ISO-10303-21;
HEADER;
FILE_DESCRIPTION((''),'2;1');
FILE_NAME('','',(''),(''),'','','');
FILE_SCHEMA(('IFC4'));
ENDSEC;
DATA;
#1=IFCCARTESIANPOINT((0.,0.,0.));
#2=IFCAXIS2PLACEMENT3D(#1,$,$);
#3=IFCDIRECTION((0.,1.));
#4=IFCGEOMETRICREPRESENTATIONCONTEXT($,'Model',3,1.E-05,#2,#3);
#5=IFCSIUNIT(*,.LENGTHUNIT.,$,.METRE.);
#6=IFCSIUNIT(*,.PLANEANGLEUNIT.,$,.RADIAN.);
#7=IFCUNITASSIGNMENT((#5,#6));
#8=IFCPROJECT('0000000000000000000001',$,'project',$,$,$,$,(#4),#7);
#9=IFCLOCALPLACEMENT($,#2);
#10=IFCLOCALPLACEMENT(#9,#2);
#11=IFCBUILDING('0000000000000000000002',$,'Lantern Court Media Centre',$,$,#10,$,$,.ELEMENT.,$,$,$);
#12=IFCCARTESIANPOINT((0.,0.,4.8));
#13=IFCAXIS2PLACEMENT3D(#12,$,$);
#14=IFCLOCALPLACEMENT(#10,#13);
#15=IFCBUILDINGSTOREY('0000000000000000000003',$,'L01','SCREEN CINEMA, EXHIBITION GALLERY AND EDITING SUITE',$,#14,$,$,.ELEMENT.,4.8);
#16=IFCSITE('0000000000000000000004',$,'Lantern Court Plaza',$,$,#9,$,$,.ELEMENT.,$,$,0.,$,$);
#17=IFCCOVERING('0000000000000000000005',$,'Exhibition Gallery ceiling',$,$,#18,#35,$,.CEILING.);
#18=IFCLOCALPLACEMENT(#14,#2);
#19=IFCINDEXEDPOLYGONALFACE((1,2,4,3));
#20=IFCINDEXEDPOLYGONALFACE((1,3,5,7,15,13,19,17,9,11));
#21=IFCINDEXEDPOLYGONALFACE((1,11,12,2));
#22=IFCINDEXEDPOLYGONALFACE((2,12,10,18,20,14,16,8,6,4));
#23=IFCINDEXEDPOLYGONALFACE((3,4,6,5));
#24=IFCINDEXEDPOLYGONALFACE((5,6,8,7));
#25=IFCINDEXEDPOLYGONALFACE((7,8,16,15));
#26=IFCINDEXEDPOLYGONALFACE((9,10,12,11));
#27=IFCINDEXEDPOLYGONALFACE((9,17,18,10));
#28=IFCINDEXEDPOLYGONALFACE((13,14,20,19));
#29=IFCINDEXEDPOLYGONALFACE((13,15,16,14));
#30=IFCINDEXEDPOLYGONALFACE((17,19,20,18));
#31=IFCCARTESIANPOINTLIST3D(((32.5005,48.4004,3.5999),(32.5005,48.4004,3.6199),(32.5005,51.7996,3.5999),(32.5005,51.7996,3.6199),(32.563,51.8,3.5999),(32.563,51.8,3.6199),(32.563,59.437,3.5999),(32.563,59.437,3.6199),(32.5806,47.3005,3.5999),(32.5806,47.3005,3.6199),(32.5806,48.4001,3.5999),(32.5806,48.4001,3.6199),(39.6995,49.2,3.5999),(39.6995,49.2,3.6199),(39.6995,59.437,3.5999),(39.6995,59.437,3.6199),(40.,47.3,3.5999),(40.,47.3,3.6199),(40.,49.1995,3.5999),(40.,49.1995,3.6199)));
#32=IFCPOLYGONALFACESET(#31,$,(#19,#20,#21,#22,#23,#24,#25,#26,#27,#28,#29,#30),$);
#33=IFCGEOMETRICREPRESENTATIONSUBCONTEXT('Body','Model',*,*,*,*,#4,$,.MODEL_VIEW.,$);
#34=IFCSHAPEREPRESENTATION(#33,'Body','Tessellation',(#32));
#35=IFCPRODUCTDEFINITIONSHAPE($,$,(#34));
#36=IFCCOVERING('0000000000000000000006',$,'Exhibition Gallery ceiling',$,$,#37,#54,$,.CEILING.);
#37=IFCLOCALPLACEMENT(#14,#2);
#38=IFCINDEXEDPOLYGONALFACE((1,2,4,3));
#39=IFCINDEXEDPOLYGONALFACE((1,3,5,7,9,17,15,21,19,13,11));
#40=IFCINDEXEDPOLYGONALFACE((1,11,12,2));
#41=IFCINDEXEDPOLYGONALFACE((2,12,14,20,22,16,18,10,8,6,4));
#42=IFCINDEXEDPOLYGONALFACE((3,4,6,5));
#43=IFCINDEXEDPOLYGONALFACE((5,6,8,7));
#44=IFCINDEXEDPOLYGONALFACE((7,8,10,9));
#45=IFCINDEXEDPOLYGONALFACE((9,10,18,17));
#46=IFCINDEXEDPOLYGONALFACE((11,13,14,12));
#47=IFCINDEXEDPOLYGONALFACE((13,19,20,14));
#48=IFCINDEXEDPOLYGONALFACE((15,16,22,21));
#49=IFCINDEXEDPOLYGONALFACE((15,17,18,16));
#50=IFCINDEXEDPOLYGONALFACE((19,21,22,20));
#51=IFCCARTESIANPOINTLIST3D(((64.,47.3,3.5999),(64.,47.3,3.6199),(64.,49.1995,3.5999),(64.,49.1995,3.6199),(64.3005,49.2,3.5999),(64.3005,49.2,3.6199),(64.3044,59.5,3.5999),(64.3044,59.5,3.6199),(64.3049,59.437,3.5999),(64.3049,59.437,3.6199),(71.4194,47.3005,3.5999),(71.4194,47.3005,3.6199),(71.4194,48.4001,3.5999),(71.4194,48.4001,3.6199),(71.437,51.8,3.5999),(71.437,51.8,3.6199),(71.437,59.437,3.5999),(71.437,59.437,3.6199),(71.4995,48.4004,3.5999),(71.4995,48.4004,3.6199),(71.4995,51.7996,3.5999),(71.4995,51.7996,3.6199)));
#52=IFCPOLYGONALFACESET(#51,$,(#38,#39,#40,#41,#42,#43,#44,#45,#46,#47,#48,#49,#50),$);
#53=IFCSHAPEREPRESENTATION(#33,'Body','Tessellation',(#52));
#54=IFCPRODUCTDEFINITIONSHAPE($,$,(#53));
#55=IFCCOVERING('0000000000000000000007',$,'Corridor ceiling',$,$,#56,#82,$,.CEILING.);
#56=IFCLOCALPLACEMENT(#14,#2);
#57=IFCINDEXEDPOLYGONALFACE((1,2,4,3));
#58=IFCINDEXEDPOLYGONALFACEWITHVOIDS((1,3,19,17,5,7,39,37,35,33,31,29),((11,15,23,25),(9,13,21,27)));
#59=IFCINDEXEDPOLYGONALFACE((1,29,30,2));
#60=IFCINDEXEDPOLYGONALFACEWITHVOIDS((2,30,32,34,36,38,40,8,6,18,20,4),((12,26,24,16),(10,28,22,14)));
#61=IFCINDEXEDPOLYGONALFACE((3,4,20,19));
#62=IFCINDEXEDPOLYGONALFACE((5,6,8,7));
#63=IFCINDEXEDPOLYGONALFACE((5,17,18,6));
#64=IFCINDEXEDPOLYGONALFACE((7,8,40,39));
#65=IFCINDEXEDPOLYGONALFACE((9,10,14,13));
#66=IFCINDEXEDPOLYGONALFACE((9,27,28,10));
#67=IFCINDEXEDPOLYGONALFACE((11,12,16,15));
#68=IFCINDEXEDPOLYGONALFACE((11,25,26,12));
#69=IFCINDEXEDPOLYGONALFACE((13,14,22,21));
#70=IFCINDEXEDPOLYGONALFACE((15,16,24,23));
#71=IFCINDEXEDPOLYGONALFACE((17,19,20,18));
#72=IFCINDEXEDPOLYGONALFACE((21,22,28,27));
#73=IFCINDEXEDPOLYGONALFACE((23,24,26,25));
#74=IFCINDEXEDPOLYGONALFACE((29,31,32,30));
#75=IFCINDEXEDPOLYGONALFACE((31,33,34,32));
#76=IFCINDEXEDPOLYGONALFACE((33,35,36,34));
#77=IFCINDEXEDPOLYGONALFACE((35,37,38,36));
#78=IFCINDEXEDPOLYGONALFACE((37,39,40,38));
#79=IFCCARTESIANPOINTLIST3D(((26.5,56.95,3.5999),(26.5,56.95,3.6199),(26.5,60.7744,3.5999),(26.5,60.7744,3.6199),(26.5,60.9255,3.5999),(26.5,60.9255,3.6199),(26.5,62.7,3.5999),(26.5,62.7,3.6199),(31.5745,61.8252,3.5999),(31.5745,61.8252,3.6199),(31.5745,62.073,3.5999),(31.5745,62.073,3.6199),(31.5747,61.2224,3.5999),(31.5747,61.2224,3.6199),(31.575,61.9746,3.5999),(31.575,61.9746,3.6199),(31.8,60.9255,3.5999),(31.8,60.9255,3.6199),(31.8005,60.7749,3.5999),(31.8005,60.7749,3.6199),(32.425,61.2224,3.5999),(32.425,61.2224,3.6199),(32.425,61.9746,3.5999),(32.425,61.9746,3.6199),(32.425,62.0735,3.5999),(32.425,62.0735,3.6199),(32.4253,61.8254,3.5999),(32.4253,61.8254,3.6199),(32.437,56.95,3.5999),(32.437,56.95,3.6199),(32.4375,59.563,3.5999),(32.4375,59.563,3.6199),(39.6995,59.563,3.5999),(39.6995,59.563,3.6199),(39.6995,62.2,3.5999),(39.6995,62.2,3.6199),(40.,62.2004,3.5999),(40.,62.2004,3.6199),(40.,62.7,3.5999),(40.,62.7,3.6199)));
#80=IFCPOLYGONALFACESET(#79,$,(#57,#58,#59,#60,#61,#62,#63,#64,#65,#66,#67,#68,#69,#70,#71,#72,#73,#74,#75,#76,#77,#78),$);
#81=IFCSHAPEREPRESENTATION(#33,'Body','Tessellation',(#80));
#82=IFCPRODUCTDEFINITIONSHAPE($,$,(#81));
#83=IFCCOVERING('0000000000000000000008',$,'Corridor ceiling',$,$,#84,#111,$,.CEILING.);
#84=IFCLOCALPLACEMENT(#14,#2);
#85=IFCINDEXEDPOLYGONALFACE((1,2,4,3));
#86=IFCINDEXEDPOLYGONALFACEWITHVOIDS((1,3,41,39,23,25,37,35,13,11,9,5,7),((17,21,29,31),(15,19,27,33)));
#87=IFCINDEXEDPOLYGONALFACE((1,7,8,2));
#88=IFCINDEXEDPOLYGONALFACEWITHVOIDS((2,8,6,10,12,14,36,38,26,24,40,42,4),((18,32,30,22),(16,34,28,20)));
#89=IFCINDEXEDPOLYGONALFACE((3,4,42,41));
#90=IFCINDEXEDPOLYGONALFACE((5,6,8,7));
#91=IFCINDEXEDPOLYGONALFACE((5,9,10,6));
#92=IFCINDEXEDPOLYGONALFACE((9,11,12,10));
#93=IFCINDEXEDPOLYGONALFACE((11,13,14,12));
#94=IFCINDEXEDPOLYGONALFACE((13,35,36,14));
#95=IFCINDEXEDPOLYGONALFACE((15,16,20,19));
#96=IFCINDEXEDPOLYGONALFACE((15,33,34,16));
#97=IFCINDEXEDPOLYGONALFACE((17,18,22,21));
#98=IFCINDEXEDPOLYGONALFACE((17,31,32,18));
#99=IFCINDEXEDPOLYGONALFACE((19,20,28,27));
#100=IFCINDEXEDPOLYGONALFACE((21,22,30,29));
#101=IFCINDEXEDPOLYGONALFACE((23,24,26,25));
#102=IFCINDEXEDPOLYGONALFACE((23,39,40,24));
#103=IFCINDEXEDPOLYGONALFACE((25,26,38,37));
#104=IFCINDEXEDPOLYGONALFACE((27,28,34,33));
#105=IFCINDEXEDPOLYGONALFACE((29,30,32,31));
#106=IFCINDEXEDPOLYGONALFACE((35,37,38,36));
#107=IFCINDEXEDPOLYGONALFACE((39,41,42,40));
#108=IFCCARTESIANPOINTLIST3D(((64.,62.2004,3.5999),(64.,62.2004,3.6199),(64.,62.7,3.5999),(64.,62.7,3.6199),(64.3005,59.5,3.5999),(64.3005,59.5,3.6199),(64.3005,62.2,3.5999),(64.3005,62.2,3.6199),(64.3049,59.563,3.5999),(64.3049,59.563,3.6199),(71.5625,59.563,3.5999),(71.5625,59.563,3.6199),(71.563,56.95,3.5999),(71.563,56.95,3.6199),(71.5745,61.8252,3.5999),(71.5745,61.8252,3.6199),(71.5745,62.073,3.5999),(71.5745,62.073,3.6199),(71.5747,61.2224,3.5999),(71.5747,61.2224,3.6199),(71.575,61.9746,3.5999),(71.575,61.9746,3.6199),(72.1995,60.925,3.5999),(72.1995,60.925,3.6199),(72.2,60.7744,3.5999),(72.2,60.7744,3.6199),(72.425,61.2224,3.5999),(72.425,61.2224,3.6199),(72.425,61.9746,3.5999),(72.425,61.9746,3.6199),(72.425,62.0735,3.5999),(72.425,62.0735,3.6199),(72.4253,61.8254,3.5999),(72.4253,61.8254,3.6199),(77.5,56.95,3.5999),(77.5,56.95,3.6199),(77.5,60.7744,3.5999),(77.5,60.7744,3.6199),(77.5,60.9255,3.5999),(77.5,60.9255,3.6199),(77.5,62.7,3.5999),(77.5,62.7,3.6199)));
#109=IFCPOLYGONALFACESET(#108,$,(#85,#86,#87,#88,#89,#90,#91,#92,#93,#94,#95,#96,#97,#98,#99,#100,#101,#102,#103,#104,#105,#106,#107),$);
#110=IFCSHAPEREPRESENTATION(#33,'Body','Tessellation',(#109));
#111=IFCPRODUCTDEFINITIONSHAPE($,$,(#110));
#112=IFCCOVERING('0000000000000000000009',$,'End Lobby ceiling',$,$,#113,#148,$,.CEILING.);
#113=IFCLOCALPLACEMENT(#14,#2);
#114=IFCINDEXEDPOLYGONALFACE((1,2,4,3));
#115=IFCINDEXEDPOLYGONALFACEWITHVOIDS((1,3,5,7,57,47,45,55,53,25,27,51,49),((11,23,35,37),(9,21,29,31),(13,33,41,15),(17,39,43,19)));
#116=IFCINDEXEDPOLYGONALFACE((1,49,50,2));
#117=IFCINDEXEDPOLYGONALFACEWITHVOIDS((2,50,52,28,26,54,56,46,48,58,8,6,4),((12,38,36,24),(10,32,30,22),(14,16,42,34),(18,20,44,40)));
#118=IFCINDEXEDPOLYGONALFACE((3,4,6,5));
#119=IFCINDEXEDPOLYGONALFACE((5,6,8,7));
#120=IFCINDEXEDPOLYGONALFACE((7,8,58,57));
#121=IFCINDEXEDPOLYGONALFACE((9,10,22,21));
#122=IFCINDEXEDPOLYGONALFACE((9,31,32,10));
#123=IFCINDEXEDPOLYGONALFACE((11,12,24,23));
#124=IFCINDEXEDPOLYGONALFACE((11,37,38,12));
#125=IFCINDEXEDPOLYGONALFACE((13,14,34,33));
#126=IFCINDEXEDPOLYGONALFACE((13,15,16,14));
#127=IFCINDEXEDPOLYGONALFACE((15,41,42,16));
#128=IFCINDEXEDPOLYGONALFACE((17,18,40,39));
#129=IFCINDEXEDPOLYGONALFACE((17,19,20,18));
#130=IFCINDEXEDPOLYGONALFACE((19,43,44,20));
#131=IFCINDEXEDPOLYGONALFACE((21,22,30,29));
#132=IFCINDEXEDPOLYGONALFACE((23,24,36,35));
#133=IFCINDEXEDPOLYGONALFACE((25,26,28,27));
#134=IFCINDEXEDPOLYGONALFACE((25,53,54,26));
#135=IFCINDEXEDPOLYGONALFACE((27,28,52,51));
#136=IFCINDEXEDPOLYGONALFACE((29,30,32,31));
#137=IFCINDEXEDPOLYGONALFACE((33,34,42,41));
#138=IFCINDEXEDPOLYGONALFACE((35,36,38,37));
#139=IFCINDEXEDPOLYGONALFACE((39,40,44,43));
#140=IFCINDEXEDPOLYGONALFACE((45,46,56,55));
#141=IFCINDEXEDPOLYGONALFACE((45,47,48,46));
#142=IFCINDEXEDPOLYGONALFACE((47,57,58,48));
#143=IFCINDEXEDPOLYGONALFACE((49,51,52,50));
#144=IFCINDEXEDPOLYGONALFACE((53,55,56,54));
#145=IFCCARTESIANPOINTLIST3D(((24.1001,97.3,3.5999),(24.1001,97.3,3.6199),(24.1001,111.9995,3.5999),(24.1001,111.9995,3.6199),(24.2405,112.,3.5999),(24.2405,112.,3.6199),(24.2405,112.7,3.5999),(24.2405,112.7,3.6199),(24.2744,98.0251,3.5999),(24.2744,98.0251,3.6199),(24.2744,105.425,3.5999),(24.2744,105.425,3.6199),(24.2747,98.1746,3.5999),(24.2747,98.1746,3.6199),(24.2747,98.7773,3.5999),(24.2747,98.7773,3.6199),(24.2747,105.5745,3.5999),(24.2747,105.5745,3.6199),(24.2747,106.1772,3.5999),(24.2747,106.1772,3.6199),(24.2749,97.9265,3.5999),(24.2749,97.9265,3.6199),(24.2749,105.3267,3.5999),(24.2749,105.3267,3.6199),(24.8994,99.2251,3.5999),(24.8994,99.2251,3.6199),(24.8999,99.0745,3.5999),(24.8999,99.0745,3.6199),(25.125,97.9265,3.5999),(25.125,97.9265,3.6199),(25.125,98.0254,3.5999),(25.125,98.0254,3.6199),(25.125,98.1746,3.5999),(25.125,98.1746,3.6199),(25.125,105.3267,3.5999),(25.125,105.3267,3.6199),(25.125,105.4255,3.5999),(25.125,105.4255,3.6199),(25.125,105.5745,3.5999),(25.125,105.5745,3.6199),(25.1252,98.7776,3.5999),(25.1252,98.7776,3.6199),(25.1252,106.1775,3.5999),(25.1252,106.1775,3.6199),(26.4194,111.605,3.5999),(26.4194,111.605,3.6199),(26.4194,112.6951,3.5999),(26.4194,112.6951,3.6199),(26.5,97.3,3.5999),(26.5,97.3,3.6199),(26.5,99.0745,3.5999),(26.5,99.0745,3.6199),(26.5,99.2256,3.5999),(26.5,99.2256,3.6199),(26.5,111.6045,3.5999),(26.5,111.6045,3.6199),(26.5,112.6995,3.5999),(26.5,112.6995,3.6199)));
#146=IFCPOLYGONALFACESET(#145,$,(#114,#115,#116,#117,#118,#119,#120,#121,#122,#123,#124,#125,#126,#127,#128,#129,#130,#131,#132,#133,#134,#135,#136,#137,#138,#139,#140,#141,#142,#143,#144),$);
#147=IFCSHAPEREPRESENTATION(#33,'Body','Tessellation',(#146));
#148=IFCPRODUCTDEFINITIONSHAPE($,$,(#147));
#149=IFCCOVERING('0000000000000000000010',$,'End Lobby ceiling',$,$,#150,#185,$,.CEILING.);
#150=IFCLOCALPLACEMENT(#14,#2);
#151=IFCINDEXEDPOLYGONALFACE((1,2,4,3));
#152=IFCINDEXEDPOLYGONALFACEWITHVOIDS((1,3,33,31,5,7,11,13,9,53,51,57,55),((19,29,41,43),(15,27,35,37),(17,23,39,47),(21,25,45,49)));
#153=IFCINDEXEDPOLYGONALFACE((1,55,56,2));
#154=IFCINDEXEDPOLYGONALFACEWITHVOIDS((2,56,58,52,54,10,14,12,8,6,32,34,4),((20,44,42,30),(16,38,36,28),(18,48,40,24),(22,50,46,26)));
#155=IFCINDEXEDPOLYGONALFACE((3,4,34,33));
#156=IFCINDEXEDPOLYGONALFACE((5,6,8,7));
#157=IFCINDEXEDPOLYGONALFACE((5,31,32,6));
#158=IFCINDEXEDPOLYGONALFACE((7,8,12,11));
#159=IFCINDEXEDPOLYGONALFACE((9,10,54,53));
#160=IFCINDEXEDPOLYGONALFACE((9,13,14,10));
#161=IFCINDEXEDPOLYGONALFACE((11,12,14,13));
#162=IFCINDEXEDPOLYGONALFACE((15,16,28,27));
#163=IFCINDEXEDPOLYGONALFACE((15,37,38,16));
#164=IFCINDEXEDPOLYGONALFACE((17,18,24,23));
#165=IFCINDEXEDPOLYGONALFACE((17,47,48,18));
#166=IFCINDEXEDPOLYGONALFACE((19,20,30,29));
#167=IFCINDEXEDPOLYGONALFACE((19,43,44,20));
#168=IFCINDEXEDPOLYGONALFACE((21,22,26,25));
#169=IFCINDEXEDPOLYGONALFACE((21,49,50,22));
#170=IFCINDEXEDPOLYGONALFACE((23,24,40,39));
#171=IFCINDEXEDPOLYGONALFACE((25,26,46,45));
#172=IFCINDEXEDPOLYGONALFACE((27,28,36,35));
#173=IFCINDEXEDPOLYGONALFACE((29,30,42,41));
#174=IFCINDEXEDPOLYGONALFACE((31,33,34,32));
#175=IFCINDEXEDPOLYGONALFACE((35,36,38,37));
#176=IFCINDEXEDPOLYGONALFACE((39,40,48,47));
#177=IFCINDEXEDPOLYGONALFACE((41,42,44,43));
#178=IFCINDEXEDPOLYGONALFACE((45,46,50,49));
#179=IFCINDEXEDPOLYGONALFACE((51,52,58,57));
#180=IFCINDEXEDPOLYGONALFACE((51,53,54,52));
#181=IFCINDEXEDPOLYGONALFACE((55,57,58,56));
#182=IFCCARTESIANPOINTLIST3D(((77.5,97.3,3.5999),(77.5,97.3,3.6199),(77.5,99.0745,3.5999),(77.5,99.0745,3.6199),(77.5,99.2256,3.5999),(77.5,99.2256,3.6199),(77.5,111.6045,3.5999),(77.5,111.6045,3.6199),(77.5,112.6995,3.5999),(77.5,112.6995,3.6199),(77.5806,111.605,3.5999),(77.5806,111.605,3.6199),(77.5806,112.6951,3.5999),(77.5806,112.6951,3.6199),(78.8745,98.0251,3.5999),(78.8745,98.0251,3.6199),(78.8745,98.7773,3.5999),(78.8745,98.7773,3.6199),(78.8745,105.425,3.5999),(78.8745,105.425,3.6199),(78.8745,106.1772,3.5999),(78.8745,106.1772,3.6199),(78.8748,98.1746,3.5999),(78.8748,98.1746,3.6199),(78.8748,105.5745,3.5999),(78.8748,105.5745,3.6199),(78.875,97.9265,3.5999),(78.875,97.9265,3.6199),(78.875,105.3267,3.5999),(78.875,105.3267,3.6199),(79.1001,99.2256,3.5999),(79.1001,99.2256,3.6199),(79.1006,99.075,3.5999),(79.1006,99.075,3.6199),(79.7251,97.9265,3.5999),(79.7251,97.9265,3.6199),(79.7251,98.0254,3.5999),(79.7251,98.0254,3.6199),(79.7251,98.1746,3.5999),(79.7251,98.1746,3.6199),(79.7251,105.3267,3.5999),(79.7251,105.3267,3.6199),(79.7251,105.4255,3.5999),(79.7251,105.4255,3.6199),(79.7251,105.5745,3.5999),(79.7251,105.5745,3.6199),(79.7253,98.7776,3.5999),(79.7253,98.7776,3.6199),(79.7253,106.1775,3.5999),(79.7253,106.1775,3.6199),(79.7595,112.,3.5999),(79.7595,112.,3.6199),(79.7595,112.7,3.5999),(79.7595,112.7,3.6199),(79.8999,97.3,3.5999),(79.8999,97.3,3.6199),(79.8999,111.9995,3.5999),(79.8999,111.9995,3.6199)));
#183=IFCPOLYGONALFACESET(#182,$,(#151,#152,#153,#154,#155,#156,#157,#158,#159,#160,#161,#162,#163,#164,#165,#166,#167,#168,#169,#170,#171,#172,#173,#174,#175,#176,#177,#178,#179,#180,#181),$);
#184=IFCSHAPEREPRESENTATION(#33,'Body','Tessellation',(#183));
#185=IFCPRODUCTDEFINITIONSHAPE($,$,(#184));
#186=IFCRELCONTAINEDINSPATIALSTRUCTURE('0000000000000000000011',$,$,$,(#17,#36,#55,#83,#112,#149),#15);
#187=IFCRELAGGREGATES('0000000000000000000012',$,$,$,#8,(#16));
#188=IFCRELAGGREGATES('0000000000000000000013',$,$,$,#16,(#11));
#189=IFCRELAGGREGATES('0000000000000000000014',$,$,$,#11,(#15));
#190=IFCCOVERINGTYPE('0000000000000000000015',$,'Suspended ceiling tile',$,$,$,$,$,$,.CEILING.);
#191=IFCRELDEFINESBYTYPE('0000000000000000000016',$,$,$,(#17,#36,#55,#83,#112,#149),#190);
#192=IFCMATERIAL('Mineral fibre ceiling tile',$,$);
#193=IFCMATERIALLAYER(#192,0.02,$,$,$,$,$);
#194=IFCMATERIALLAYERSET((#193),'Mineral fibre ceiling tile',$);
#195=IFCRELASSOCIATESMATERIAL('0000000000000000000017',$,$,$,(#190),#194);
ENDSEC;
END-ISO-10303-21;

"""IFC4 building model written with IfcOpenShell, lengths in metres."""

from ifc_helpers import new_model, si_unit, direction, frame, origin, place, context, subcontext, project, spatial, polyline, outline, extrude, material, layer, layer_set, type_object, element, save


model = new_model("IFC4")

# Units and contexts
model_context = context("Model", 3, precision=1e-05, world=origin(), true_north=direction((0.0, 1.0)))
body_context = subcontext(model_context, "Body", "Model", "MODEL_VIEW")
ifc_project = project(units=[si_unit("LENGTHUNIT", "METRE"), si_unit("PLANEANGLEUNIT", "RADIAN")], contexts=[model_context])

# Site, building, storey
site_placement = place(None, origin())
site = spatial("IfcSite", under=ifc_project, at=site_placement, Name="Lantern Court Plaza", CompositionType="ELEMENT", RefElevation=0.0)
building_placement = place(site_placement, origin())
building = spatial("IfcBuilding", under=site, at=building_placement, Name="Lantern Court Media Centre", CompositionType="ELEMENT")
storey_placement = place(building_placement, frame((0.0, 0.0, 4.8)))
storey = spatial("IfcBuildingStorey", under=building, at=storey_placement, Name="L01", Description="SCREEN CINEMA, EXHIBITION GALLERY AND EDITING SUITE", CompositionType="ELEMENT", Elevation=4.8)

# Coverings
ifc_material_1 = material(Name="Mineral fibre ceiling tile")
ifc_layer_1 = layer(ifc_material_1, 0.02)
ifc_layer_set_1 = layer_set([ifc_layer_1], Name="Mineral fibre ceiling tile")
covering_type_1 = type_object("IfcCoveringType", Name="Suspended ceiling tile", PredefinedType="CEILING", material=ifc_layer_set_1)
covering_1_placement = place(storey_placement, frame((0.0, 0.0, 3.5999)))
element("IfcCovering", 1, at=covering_1_placement, inside=storey, type_object=covering_type_1, Name="Exhibition Gallery ceiling", PredefinedType="CEILING", context=body_context, shape_type="SweptSolid", body=[
    extrude(outline(polyline([(40.0, 47.3), (32.5806, 47.3005), (32.5806, 48.4001), (32.5005, 48.4004), (32.5005, 51.7996), (32.563, 51.8), (32.563, 59.437), (39.6995, 59.437), (39.6995, 49.2), (40.0, 49.1995), (40.0, 47.3)])), origin(), (0.0, 0.0, 1.0), 0.02),
])
covering_2_placement = place(storey_placement, frame((0.0, 0.0, 3.5999)))
element("IfcCovering", 2, at=covering_2_placement, inside=storey, type_object=covering_type_1, Name="Exhibition Gallery ceiling", PredefinedType="CEILING", context=body_context, shape_type="SweptSolid", body=[
    extrude(outline(polyline([(64.3044, 59.5), (64.3049, 59.437), (71.437, 59.437), (71.437, 51.8), (71.4995, 51.7996), (71.4995, 48.4004), (71.4194, 48.4001), (71.4194, 47.3005), (64.0, 47.3), (64.0, 49.1995), (64.3005, 49.2), (64.3044, 59.5)])), origin(), (0.0, 0.0, 1.0), 0.02),
])
covering_3_placement = place(storey_placement, frame((0.0, 0.0, 3.5999)))
element("IfcCovering", 3, at=covering_3_placement, inside=storey, type_object=covering_type_1, Name="Corridor ceiling", PredefinedType="CEILING", context=body_context, shape_type="SweptSolid", body=[
    extrude(outline(polyline([(26.5, 62.7), (40.0, 62.7), (40.0, 62.2004), (39.6995, 62.2), (39.6995, 59.563), (32.4375, 59.563), (32.437, 56.95), (26.5, 56.95), (26.5, 60.7744), (31.8005, 60.7749), (31.8, 60.9255), (26.5, 60.9255), (26.5, 62.7)]), holes=[polyline([(32.425, 61.2224), (32.4253, 61.8254), (31.5745, 61.8252), (31.5747, 61.2224), (32.425, 61.2224)]), polyline([(32.425, 61.9746), (32.425, 62.0735), (31.5745, 62.073), (31.575, 61.9746), (32.425, 61.9746)])]), origin(), (0.0, 0.0, 1.0), 0.02),
])
covering_4_placement = place(storey_placement, frame((0.0, 0.0, 3.5999)))
element("IfcCovering", 4, at=covering_4_placement, inside=storey, type_object=covering_type_1, Name="Corridor ceiling", PredefinedType="CEILING", context=body_context, shape_type="SweptSolid", body=[
    extrude(outline(polyline([(64.0, 62.7), (77.5, 62.7), (77.5, 60.9255), (72.1995, 60.925), (72.2, 60.7744), (77.5, 60.7744), (77.5, 56.95), (71.563, 56.95), (71.5625, 59.563), (64.3049, 59.563), (64.3005, 59.5), (64.3005, 62.2), (64.0, 62.2004), (64.0, 62.7)]), holes=[polyline([(72.425, 61.2224), (72.4253, 61.8254), (71.5745, 61.8252), (71.5747, 61.2224), (72.425, 61.2224)]), polyline([(72.425, 61.9746), (72.425, 62.0735), (71.5745, 62.073), (71.575, 61.9746), (72.425, 61.9746)])]), origin(), (0.0, 0.0, 1.0), 0.02),
])
covering_5_placement = place(storey_placement, frame((0.0, 0.0, 3.5999)))
element("IfcCovering", 5, at=covering_5_placement, inside=storey, type_object=covering_type_1, Name="End Lobby ceiling", PredefinedType="CEILING", context=body_context, shape_type="SweptSolid", body=[
    extrude(outline(polyline([(26.5, 97.3), (24.1001, 97.3), (24.1001, 111.9995), (24.2405, 112.0), (24.2405, 112.7), (26.5, 112.6995), (26.4194, 112.6951), (26.4194, 111.605), (26.5, 111.6045), (26.5, 99.2256), (24.8994, 99.2251), (24.8999, 99.0745), (26.5, 99.0745), (26.5, 97.3)]), holes=[polyline([(25.125, 97.9265), (25.125, 98.0254), (24.2744, 98.0251), (24.2749, 97.9265), (25.125, 97.9265)]), polyline([(25.125, 105.5745), (25.1252, 106.1775), (24.2747, 106.1772), (24.2747, 105.5745), (25.125, 105.5745)]), polyline([(25.125, 105.3267), (25.125, 105.4255), (24.2744, 105.425), (24.2749, 105.3267), (25.125, 105.3267)]), polyline([(25.125, 98.1746), (25.1252, 98.7776), (24.2747, 98.7773), (24.2747, 98.1746), (25.125, 98.1746)])]), origin(), (0.0, 0.0, 1.0), 0.02),
])
covering_6_placement = place(storey_placement, frame((0.0, 0.0, 3.5999)))
element("IfcCovering", 6, at=covering_6_placement, inside=storey, type_object=covering_type_1, Name="End Lobby ceiling", PredefinedType="CEILING", context=body_context, shape_type="SweptSolid", body=[
    extrude(outline(polyline([(79.8999, 97.3), (77.5, 97.3), (77.5, 99.0745), (79.1006, 99.075), (79.1001, 99.2256), (77.5, 99.2256), (77.5, 111.6045), (77.5806, 111.605), (77.5806, 112.6951), (77.5, 112.6995), (79.7595, 112.7), (79.7595, 112.0), (79.8999, 111.9995), (79.8999, 97.3)]), holes=[polyline([(79.7251, 97.9265), (79.7251, 98.0254), (78.8745, 98.0251), (78.875, 97.9265), (79.7251, 97.9265)]), polyline([(79.7251, 98.1746), (79.7253, 98.7776), (78.8745, 98.7773), (78.8748, 98.1746), (79.7251, 98.1746)]), polyline([(79.7251, 105.3267), (79.7251, 105.4255), (78.8745, 105.425), (78.875, 105.3267), (79.7251, 105.3267)]), polyline([(79.7251, 105.5745), (79.7253, 106.1775), (78.8745, 106.1772), (78.8748, 105.5745), (79.7251, 105.5745)])]), origin(), (0.0, 0.0, 1.0), 0.02),
])

save(model, "model.ifc")
